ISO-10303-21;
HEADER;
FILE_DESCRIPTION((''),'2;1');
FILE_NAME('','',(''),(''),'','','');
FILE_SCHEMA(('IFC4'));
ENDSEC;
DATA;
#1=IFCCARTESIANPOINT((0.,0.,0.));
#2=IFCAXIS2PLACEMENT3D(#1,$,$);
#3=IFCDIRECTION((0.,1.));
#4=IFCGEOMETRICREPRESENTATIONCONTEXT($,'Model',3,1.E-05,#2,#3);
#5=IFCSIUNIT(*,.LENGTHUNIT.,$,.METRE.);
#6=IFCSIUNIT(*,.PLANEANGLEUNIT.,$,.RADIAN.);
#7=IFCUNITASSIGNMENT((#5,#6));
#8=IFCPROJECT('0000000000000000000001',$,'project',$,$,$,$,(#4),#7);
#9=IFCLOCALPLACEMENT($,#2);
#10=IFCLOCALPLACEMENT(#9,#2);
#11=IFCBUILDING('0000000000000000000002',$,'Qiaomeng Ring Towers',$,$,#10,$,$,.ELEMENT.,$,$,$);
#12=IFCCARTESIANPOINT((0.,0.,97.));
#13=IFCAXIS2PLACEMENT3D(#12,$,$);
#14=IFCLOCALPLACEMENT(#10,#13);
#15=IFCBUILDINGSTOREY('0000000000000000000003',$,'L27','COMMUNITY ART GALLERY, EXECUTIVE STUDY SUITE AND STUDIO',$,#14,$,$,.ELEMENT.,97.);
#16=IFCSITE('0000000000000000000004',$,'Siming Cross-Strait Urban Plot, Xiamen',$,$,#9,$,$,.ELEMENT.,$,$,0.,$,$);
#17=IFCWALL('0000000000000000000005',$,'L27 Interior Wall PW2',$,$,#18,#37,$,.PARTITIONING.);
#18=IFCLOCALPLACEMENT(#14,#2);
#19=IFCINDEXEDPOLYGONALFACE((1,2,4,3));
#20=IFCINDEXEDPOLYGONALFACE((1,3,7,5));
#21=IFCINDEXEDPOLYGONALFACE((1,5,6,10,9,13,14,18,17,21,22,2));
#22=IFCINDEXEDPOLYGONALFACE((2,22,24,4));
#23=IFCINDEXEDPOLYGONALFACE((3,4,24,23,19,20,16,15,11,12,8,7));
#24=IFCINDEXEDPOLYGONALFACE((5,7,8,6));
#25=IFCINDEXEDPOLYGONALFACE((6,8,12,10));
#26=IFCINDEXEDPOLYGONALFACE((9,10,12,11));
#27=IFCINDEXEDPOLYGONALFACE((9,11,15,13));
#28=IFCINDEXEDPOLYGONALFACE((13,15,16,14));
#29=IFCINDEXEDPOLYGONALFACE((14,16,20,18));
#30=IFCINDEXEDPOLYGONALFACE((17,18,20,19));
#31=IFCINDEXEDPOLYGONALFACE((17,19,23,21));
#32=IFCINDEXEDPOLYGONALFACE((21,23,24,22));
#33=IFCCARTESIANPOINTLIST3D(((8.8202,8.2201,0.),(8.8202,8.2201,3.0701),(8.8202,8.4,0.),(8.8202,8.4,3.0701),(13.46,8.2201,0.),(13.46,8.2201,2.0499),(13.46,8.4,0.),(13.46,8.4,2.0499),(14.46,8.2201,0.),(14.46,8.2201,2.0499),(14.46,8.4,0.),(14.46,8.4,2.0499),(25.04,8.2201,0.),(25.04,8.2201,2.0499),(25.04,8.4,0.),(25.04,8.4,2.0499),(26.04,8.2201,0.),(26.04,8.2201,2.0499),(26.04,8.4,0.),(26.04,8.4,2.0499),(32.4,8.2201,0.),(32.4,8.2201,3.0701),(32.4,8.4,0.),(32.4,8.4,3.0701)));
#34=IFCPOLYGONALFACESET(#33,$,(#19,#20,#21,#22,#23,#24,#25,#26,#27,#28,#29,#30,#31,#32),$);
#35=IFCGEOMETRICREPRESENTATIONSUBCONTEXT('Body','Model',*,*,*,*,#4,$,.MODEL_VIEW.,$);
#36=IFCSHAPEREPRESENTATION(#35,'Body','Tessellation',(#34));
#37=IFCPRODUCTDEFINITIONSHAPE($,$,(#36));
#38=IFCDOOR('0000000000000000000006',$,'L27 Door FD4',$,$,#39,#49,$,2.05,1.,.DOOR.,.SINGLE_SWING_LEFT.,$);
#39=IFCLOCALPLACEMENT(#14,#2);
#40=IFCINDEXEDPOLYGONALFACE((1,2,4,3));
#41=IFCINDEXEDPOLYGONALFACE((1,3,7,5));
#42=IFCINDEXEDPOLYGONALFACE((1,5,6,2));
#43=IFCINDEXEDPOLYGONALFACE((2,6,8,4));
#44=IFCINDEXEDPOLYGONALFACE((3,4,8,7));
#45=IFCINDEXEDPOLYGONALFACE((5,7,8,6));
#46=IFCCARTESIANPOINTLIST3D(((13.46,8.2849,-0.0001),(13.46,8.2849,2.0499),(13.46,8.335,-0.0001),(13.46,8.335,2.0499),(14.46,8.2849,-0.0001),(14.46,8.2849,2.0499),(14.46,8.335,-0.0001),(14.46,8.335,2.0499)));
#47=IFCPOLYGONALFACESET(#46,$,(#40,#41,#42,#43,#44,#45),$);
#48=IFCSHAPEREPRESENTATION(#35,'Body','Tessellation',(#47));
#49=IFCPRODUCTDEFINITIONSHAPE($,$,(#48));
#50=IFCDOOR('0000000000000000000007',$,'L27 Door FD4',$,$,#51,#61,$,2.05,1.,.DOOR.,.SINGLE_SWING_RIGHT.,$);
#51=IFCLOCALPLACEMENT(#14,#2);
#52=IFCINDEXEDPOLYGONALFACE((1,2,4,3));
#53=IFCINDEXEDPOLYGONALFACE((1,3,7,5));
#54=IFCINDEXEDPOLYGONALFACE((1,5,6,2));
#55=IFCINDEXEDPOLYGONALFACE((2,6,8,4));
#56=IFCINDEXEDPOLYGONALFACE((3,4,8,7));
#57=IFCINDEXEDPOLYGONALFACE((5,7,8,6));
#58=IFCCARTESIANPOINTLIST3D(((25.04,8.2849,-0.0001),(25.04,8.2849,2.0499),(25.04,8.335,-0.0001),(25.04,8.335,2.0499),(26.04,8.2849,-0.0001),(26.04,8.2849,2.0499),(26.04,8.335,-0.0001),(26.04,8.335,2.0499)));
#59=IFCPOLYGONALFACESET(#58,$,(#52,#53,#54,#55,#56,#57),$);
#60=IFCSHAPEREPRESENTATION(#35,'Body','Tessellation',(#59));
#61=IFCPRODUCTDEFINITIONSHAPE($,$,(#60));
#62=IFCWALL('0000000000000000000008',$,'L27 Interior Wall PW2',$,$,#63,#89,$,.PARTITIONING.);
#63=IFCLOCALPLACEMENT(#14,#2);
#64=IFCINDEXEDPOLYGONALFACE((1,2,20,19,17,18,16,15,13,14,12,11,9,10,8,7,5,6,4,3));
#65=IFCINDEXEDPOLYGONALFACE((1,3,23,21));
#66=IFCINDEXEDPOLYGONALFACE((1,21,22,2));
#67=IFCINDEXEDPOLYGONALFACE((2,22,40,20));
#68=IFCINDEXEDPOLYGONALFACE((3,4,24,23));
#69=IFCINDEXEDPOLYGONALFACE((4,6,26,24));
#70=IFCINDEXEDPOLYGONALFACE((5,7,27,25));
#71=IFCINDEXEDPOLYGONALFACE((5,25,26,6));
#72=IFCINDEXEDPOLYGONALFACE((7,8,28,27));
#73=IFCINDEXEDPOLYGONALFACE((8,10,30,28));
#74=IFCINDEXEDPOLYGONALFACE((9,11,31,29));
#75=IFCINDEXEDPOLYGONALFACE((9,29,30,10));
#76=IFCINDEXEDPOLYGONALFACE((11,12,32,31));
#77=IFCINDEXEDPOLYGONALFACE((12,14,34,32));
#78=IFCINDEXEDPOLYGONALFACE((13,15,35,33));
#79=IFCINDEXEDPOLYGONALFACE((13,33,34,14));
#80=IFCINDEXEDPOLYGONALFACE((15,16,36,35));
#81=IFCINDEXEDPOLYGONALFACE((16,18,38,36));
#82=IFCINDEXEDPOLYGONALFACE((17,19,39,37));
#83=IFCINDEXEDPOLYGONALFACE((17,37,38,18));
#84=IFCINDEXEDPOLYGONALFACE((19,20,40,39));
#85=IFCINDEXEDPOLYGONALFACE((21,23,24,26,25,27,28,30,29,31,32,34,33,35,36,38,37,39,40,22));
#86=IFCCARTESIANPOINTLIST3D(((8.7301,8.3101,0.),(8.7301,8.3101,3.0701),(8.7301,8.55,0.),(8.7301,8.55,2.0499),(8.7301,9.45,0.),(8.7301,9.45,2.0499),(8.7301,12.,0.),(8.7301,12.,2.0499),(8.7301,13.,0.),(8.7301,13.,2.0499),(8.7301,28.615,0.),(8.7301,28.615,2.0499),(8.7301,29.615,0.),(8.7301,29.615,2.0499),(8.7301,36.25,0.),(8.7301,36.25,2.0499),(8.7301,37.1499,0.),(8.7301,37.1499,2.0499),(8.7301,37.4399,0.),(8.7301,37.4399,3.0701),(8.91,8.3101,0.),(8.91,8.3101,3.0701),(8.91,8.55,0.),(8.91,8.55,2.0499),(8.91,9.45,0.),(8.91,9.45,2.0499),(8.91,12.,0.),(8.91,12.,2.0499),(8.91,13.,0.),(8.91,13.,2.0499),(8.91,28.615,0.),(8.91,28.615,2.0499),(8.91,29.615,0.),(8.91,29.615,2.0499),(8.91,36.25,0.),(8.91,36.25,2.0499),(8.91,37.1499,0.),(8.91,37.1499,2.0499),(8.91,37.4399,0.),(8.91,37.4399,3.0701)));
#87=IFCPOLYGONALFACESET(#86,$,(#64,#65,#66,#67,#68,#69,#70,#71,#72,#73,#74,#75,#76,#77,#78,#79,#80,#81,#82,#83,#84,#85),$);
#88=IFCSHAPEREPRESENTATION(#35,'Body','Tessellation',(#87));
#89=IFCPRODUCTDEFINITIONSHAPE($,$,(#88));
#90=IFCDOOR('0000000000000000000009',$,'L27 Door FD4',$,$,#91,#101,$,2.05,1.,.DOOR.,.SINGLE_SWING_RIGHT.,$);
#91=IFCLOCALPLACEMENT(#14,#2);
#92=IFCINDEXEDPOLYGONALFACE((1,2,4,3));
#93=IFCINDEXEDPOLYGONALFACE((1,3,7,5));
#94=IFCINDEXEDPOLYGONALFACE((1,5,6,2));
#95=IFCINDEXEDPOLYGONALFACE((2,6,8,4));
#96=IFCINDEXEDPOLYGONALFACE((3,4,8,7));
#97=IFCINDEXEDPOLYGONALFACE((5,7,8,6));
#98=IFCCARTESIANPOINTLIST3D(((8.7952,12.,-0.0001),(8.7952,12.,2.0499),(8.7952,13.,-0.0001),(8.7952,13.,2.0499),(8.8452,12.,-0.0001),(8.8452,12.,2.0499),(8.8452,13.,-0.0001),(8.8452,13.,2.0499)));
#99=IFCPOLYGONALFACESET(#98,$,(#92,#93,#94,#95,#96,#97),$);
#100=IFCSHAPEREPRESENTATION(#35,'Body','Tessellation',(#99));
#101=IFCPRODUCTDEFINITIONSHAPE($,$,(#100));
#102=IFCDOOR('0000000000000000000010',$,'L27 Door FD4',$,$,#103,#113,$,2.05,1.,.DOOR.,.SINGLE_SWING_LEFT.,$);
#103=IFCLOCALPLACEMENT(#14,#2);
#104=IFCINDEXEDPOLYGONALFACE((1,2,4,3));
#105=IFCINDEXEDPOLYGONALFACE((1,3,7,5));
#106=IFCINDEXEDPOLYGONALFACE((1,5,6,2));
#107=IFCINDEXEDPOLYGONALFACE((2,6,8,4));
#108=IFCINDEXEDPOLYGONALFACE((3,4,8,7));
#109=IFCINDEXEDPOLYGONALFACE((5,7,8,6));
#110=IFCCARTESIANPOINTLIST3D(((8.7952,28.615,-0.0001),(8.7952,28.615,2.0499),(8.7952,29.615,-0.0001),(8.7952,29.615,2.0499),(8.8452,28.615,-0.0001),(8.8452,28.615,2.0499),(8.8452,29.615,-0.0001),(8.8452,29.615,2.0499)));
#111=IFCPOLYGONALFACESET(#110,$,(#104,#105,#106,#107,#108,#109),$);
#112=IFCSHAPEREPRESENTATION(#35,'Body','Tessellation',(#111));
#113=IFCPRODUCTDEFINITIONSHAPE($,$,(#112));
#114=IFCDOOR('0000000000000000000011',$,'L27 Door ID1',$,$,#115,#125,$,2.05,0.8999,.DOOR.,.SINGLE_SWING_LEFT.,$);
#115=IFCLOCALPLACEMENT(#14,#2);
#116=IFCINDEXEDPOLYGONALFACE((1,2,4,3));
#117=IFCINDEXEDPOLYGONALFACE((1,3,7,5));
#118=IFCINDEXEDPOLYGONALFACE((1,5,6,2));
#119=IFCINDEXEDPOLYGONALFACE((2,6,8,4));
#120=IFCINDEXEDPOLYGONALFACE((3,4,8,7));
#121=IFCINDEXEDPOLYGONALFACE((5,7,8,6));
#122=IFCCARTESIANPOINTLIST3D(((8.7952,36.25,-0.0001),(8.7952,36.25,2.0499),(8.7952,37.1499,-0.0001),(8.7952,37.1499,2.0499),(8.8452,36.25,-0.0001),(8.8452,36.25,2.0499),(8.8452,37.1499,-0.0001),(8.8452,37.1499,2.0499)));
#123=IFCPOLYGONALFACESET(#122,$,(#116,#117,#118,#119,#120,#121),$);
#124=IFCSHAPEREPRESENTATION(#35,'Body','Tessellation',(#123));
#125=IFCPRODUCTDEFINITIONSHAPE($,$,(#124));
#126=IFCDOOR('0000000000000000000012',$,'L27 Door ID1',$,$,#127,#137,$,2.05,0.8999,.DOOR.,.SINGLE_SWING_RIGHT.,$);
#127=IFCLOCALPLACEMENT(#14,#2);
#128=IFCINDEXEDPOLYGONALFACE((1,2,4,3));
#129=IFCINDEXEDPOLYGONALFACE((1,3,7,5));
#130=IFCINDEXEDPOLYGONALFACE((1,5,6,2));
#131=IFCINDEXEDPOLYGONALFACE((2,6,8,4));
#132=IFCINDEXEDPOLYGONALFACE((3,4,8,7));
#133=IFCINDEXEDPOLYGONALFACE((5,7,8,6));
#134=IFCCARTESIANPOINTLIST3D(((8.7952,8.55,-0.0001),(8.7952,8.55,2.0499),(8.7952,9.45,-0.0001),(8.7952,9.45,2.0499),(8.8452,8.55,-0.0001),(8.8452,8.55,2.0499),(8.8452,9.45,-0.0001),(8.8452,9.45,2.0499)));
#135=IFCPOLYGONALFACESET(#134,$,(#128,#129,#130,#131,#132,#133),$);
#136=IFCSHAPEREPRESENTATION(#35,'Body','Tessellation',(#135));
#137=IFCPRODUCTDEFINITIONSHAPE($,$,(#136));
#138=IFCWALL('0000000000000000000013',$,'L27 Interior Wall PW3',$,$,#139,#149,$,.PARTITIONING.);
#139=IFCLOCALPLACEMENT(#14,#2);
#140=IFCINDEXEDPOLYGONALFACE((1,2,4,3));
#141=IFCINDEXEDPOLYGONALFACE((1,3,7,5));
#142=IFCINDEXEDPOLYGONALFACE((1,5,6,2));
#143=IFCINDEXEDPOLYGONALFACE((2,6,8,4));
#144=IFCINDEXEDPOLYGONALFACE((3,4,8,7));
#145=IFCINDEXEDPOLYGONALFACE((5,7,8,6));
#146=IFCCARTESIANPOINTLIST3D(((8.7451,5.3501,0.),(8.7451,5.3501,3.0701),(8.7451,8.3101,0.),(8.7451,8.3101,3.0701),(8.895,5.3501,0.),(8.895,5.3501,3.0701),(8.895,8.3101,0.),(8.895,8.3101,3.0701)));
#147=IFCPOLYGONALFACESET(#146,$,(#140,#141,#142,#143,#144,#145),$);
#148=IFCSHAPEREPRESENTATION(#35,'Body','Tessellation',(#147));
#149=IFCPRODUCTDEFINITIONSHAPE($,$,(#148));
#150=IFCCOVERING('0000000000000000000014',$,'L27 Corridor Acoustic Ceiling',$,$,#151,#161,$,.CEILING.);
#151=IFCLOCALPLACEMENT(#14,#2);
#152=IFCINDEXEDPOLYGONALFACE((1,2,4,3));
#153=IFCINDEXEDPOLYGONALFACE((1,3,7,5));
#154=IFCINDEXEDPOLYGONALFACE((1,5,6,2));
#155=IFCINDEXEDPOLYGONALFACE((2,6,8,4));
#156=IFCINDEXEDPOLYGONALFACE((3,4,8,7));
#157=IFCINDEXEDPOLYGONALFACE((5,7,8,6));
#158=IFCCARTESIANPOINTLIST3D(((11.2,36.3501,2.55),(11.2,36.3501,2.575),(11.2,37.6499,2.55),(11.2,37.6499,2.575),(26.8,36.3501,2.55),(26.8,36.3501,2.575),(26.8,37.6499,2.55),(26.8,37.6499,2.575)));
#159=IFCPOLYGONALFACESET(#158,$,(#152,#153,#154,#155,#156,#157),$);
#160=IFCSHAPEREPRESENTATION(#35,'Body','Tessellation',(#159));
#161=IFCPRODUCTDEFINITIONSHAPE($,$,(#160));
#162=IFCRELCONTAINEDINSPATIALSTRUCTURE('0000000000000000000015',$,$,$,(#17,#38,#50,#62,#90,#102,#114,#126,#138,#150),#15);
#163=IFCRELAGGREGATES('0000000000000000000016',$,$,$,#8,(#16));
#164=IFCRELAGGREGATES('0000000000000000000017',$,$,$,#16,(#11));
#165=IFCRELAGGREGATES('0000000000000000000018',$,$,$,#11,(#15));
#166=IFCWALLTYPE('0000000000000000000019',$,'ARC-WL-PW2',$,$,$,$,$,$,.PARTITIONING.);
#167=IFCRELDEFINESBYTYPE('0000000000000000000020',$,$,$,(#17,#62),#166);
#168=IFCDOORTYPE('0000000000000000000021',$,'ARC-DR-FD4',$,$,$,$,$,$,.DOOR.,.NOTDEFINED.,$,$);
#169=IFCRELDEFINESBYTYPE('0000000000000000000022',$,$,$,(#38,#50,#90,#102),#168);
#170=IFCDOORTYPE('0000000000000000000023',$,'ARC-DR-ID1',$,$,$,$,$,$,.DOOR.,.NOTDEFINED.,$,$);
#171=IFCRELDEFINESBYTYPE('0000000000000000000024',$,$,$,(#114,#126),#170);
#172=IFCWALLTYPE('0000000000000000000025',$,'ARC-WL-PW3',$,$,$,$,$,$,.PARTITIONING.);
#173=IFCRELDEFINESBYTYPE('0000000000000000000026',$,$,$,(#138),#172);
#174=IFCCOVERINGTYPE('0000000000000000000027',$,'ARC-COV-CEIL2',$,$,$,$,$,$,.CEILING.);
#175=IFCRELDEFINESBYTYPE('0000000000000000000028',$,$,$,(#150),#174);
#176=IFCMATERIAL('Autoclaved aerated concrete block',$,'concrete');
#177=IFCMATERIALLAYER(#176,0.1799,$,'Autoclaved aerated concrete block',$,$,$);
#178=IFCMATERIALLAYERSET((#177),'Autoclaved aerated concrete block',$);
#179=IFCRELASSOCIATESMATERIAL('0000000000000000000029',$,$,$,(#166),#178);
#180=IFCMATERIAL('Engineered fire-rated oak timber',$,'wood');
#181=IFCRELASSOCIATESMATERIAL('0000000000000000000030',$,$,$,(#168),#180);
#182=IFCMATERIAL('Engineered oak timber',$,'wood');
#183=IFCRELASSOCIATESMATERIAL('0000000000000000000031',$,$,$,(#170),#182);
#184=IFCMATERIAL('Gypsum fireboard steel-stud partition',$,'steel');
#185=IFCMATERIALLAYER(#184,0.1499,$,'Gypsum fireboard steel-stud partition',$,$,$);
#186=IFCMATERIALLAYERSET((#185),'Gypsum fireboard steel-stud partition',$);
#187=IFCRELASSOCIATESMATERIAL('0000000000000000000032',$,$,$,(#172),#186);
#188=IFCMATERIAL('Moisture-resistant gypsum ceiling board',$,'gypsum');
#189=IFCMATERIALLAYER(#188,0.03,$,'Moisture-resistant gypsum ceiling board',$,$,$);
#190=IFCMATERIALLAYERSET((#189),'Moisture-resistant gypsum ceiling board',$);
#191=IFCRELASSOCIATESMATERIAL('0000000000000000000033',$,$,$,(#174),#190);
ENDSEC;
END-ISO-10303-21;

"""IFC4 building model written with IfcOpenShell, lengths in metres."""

from ifc_helpers import new_model, si_unit, direction, frame, frame_2d, origin, place, context, subcontext, project, spatial, polyline, rectangle, outline, extrude, source, transform, mapped, material, layer, layer_set, type_object, element, fill, save


model = new_model("IFC4")

# Units and contexts
model_context = context("Model", 3, precision=1e-05, world=origin(), true_north=direction((0.0, 1.0)))
body_context = subcontext(model_context, "Body", "Model", "MODEL_VIEW")
ifc_project = project(units=[si_unit("LENGTHUNIT", "METRE"), si_unit("PLANEANGLEUNIT", "RADIAN")], contexts=[model_context])

# Site, building, storey
site_placement = place(None, origin())
site = spatial("IfcSite", under=ifc_project, at=site_placement, Name="Siming Cross-Strait Urban Plot, Xiamen", CompositionType="ELEMENT", RefElevation=0.0)
building_placement = place(site_placement, origin())
building = spatial("IfcBuilding", under=site, at=building_placement, Name="Qiaomeng Ring Towers", CompositionType="ELEMENT")
storey_placement = place(building_placement, frame((0.0, 0.0, 97.0)))
storey = spatial("IfcBuildingStorey", under=building, at=storey_placement, Name="L27", Description="COMMUNITY ART GALLERY, EXECUTIVE STUDY SUITE AND STUDIO", CompositionType="ELEMENT", Elevation=97.0)

# Walls, openings, doors
ifc_material_1 = material(Name="Autoclaved aerated concrete block", Category="concrete")
ifc_layer_1 = layer(ifc_material_1, 0.1799, Name="Autoclaved aerated concrete block")
ifc_layer_set_1 = layer_set([ifc_layer_1], Name="Autoclaved aerated concrete block")
wall_type_1 = type_object("IfcWallType", Name="ARC-WL-PW2", PredefinedType="PARTITIONING", material=ifc_layer_set_1)
wall_1_placement = place(storey_placement, frame((8.8201, 8.3101, 0.0), z_axis=(0.0, 0.0, 1.0), x_axis=(1.0, 0.0, 0.0)))
wall_1 = element("IfcWall", 1, at=wall_1_placement, inside=storey, type_object=wall_type_1, Name="L27 Interior Wall PW2", PredefinedType="PARTITIONING", context=body_context, shape_type="SweptSolid", body=[
    extrude(rectangle(XDim=23.5798, YDim=0.1799, at=frame_2d((11.79, 0.0))), origin(), (0.0, 0.0, 1.0), 3.0701),
])
opening_1_placement = place(wall_1_placement, frame((4.6399, 0.0, 0.0)))
opening_1 = element("IfcOpeningElement", 2, at=opening_1_placement, cuts=wall_1, PredefinedType="OPENING", context=body_context, shape_type="SweptSolid", body=[
    extrude(rectangle(XDim=1.0, YDim=2.05, at=frame_2d((0.5, 1.0249))), frame((0.0, 0.0999, 0.0), z_axis=(0.0, -1.0, 0.0), x_axis=(1.0, 0.0, 0.0)), (0.0, 0.0, 1.0), 0.2),
])
opening_2_placement = place(wall_1_placement, frame((16.22, 0.0, 0.0)))
opening_2 = element("IfcOpeningElement", 3, at=opening_2_placement, cuts=wall_1, PredefinedType="OPENING", context=body_context, shape_type="SweptSolid", body=[
    extrude(rectangle(XDim=1.0, YDim=2.05, at=frame_2d((0.5, 1.0249))), frame((0.0, 0.0999, 0.0), z_axis=(0.0, -1.0, 0.0), x_axis=(1.0, 0.0, 0.0)), (0.0, 0.0, 1.0), 0.2),
])
ifc_material_2 = material(Name="Engineered fire-rated oak timber", Category="wood")
door_type_1 = type_object("IfcDoorType", Name="ARC-DR-FD4", OperationType="NOTDEFINED", PredefinedType="DOOR", material=ifc_material_2)
shared_shape_1 = source(origin(), body_context, "Body", "SweptSolid", [
    extrude(rectangle(XDim=1.0, YDim=2.05, at=frame_2d((0.5, 1.0249))), frame((0.0, 0.0249, 0.0), z_axis=(0.0, -1.0, 0.0), x_axis=(1.0, 0.0, 0.0)), (0.0, 0.0, 1.0), 0.05),
])
door_1_placement = place(opening_1_placement, origin())
door_1 = element("IfcDoor", 4, at=door_1_placement, inside=storey, type_object=door_type_1, Name="L27 Door FD4", OperationType="SINGLE_SWING_LEFT", OverallHeight=2.05, OverallWidth=1.0, PredefinedType="DOOR", context=body_context, shape_type="MappedRepresentation", body=[
    mapped(shared_shape_1, transform((0.0, 0.0, 0.0), x_axis=(1.0, 0.0, 0.0), y_axis=(0.0, 1.0, 0.0), z_axis=(0.0, 0.0, 1.0), scale=1.0)),
])
fill(opening_1, door_1)
door_2_placement = place(opening_2_placement, origin())
door_2 = element("IfcDoor", 5, at=door_2_placement, inside=storey, type_object=door_type_1, Name="L27 Door FD4", OperationType="SINGLE_SWING_RIGHT", OverallHeight=2.05, OverallWidth=1.0, PredefinedType="DOOR", context=body_context, shape_type="MappedRepresentation", body=[
    mapped(shared_shape_1, transform((0.0, 0.0, 0.0), x_axis=(1.0, 0.0, 0.0), y_axis=(0.0, 1.0, 0.0), z_axis=(0.0, 0.0, 1.0), scale=1.0)),
])
fill(opening_2, door_2)
wall_2_placement = place(storey_placement, frame((8.8201, 8.3101, 0.0), z_axis=(0.0, 0.0, 1.0), x_axis=(0.0, 1.0, 0.0)))
wall_2 = element("IfcWall", 6, at=wall_2_placement, inside=storey, type_object=wall_type_1, Name="L27 Interior Wall PW2", PredefinedType="PARTITIONING", context=body_context, shape_type="SweptSolid", body=[
    extrude(rectangle(XDim=29.1299, YDim=0.1799, at=frame_2d((14.5649, 0.0))), origin(), (0.0, 0.0, 1.0), 3.0701),
])
opening_3_placement = place(wall_2_placement, frame((27.9399, 0.0, 0.0)))
opening_3 = element("IfcOpeningElement", 7, at=opening_3_placement, cuts=wall_2, PredefinedType="OPENING", context=body_context, shape_type="SweptSolid", body=[
    extrude(rectangle(XDim=0.8999, YDim=2.05, at=frame_2d((0.45, 1.0249))), frame((0.0, 0.0999, 0.0), z_axis=(0.0, -1.0, 0.0), x_axis=(1.0, 0.0, 0.0)), (0.0, 0.0, 1.0), 0.2),
])
opening_4_placement = place(wall_2_placement, frame((0.24, 0.0, 0.0)))
opening_4 = element("IfcOpeningElement", 8, at=opening_4_placement, cuts=wall_2, PredefinedType="OPENING", context=body_context, shape_type="SweptSolid", body=[
    extrude(rectangle(XDim=0.8999, YDim=2.05, at=frame_2d((0.45, 1.0249))), frame((0.0, 0.0999, 0.0), z_axis=(0.0, -1.0, 0.0), x_axis=(1.0, 0.0, 0.0)), (0.0, 0.0, 1.0), 0.2),
])
opening_5_placement = place(wall_2_placement, frame((3.6899, 0.0, 0.0)))
opening_5 = element("IfcOpeningElement", 9, at=opening_5_placement, cuts=wall_2, PredefinedType="OPENING", context=body_context, shape_type="SweptSolid", body=[
    extrude(rectangle(XDim=1.0, YDim=2.05, at=frame_2d((0.5, 1.0249))), frame((0.0, 0.0999, 0.0), z_axis=(0.0, -1.0, 0.0), x_axis=(1.0, 0.0, 0.0)), (0.0, 0.0, 1.0), 0.2),
])
opening_6_placement = place(wall_2_placement, frame((20.3049, 0.0, 0.0)))
opening_6 = element("IfcOpeningElement", 10, at=opening_6_placement, cuts=wall_2, PredefinedType="OPENING", context=body_context, shape_type="SweptSolid", body=[
    extrude(rectangle(XDim=1.0, YDim=2.05, at=frame_2d((0.5, 1.0249))), frame((0.0, 0.0999, 0.0), z_axis=(0.0, -1.0, 0.0), x_axis=(1.0, 0.0, 0.0)), (0.0, 0.0, 1.0), 0.2),
])
door_3_placement = place(opening_5_placement, origin())
door_3 = element("IfcDoor", 11, at=door_3_placement, inside=storey, type_object=door_type_1, Name="L27 Door FD4", OperationType="SINGLE_SWING_RIGHT", OverallHeight=2.05, OverallWidth=1.0, PredefinedType="DOOR", context=body_context, shape_type="MappedRepresentation", body=[
    mapped(shared_shape_1, transform((0.0, 0.0, 0.0), x_axis=(1.0, 0.0, 0.0), y_axis=(0.0, 1.0, 0.0), z_axis=(0.0, 0.0, 1.0), scale=1.0)),
])
fill(opening_5, door_3)
door_4_placement = place(opening_6_placement, origin())
door_4 = element("IfcDoor", 12, at=door_4_placement, inside=storey, type_object=door_type_1, Name="L27 Door FD4", OperationType="SINGLE_SWING_LEFT", OverallHeight=2.05, OverallWidth=1.0, PredefinedType="DOOR", context=body_context, shape_type="MappedRepresentation", body=[
    mapped(shared_shape_1, transform((0.0, 0.0, 0.0), x_axis=(1.0, 0.0, 0.0), y_axis=(0.0, 1.0, 0.0), z_axis=(0.0, 0.0, 1.0), scale=1.0)),
])
fill(opening_6, door_4)
ifc_material_3 = material(Name="Engineered oak timber", Category="wood")
door_type_2 = type_object("IfcDoorType", Name="ARC-DR-ID1", OperationType="NOTDEFINED", PredefinedType="DOOR", material=ifc_material_3)
shared_shape_2 = source(origin(), body_context, "Body", "SweptSolid", [
    extrude(rectangle(XDim=0.8999, YDim=2.05, at=frame_2d((0.45, 1.0249))), frame((0.0, 0.0249, 0.0), z_axis=(0.0, -1.0, 0.0), x_axis=(1.0, 0.0, 0.0)), (0.0, 0.0, 1.0), 0.05),
])
door_5_placement = place(opening_3_placement, origin())
door_5 = element("IfcDoor", 13, at=door_5_placement, inside=storey, type_object=door_type_2, Name="L27 Door ID1", OperationType="SINGLE_SWING_LEFT", OverallHeight=2.05, OverallWidth=0.8999, PredefinedType="DOOR", context=body_context, shape_type="MappedRepresentation", body=[
    mapped(shared_shape_2, transform((0.0, 0.0, 0.0), x_axis=(1.0, 0.0, 0.0), y_axis=(0.0, 1.0, 0.0), z_axis=(0.0, 0.0, 1.0), scale=1.0)),
])
fill(opening_3, door_5)
door_6_placement = place(opening_4_placement, origin())
door_6 = element("IfcDoor", 14, at=door_6_placement, inside=storey, type_object=door_type_2, Name="L27 Door ID1", OperationType="SINGLE_SWING_RIGHT", OverallHeight=2.05, OverallWidth=0.8999, PredefinedType="DOOR", context=body_context, shape_type="MappedRepresentation", body=[
    mapped(shared_shape_2, transform((0.0, 0.0, 0.0), x_axis=(1.0, 0.0, 0.0), y_axis=(0.0, 1.0, 0.0), z_axis=(0.0, 0.0, 1.0), scale=1.0)),
])
fill(opening_4, door_6)

# Wall
ifc_material_4 = material(Name="Gypsum fireboard steel-stud partition", Category="steel")
ifc_layer_2 = layer(ifc_material_4, 0.1499, Name="Gypsum fireboard steel-stud partition")
ifc_layer_set_2 = layer_set([ifc_layer_2], Name="Gypsum fireboard steel-stud partition")
wall_type_2 = type_object("IfcWallType", Name="ARC-WL-PW3", PredefinedType="PARTITIONING", material=ifc_layer_set_2)
wall_3_placement = place(storey_placement, frame((8.8201, 5.3501, 0.0), z_axis=(0.0, 0.0, 1.0), x_axis=(0.0, 1.0, 0.0)))
element("IfcWall", 15, at=wall_3_placement, inside=storey, type_object=wall_type_2, Name="L27 Interior Wall PW3", PredefinedType="PARTITIONING", context=body_context, shape_type="SweptSolid", body=[
    extrude(rectangle(XDim=2.96, YDim=0.1499, at=frame_2d((1.48, 0.0))), origin(), (0.0, 0.0, 1.0), 3.0701),
])

# Covering
ifc_material_5 = material(Name="Moisture-resistant gypsum ceiling board", Category="gypsum")
ifc_layer_3 = layer(ifc_material_5, 0.03, Name="Moisture-resistant gypsum ceiling board")
ifc_layer_set_3 = layer_set([ifc_layer_3], Name="Moisture-resistant gypsum ceiling board")
covering_type_1 = type_object("IfcCoveringType", Name="ARC-COV-CEIL2", PredefinedType="CEILING", material=ifc_layer_set_3)
covering_1_placement = place(storey_placement, frame((0.0, 0.0, 2.55)))
element("IfcCovering", 16, at=covering_1_placement, inside=storey, type_object=covering_type_1, Name="L27 Corridor Acoustic Ceiling", PredefinedType="CEILING", context=body_context, shape_type="SweptSolid", body=[
    extrude(outline(polyline([(11.2, 36.3501), (11.2, 37.6499), (26.8, 37.6499), (26.8, 36.3501), (11.2, 36.3501)])), origin(), (0.0, 0.0, 1.0), 0.0249),
])

save(model, "model.ifc")
